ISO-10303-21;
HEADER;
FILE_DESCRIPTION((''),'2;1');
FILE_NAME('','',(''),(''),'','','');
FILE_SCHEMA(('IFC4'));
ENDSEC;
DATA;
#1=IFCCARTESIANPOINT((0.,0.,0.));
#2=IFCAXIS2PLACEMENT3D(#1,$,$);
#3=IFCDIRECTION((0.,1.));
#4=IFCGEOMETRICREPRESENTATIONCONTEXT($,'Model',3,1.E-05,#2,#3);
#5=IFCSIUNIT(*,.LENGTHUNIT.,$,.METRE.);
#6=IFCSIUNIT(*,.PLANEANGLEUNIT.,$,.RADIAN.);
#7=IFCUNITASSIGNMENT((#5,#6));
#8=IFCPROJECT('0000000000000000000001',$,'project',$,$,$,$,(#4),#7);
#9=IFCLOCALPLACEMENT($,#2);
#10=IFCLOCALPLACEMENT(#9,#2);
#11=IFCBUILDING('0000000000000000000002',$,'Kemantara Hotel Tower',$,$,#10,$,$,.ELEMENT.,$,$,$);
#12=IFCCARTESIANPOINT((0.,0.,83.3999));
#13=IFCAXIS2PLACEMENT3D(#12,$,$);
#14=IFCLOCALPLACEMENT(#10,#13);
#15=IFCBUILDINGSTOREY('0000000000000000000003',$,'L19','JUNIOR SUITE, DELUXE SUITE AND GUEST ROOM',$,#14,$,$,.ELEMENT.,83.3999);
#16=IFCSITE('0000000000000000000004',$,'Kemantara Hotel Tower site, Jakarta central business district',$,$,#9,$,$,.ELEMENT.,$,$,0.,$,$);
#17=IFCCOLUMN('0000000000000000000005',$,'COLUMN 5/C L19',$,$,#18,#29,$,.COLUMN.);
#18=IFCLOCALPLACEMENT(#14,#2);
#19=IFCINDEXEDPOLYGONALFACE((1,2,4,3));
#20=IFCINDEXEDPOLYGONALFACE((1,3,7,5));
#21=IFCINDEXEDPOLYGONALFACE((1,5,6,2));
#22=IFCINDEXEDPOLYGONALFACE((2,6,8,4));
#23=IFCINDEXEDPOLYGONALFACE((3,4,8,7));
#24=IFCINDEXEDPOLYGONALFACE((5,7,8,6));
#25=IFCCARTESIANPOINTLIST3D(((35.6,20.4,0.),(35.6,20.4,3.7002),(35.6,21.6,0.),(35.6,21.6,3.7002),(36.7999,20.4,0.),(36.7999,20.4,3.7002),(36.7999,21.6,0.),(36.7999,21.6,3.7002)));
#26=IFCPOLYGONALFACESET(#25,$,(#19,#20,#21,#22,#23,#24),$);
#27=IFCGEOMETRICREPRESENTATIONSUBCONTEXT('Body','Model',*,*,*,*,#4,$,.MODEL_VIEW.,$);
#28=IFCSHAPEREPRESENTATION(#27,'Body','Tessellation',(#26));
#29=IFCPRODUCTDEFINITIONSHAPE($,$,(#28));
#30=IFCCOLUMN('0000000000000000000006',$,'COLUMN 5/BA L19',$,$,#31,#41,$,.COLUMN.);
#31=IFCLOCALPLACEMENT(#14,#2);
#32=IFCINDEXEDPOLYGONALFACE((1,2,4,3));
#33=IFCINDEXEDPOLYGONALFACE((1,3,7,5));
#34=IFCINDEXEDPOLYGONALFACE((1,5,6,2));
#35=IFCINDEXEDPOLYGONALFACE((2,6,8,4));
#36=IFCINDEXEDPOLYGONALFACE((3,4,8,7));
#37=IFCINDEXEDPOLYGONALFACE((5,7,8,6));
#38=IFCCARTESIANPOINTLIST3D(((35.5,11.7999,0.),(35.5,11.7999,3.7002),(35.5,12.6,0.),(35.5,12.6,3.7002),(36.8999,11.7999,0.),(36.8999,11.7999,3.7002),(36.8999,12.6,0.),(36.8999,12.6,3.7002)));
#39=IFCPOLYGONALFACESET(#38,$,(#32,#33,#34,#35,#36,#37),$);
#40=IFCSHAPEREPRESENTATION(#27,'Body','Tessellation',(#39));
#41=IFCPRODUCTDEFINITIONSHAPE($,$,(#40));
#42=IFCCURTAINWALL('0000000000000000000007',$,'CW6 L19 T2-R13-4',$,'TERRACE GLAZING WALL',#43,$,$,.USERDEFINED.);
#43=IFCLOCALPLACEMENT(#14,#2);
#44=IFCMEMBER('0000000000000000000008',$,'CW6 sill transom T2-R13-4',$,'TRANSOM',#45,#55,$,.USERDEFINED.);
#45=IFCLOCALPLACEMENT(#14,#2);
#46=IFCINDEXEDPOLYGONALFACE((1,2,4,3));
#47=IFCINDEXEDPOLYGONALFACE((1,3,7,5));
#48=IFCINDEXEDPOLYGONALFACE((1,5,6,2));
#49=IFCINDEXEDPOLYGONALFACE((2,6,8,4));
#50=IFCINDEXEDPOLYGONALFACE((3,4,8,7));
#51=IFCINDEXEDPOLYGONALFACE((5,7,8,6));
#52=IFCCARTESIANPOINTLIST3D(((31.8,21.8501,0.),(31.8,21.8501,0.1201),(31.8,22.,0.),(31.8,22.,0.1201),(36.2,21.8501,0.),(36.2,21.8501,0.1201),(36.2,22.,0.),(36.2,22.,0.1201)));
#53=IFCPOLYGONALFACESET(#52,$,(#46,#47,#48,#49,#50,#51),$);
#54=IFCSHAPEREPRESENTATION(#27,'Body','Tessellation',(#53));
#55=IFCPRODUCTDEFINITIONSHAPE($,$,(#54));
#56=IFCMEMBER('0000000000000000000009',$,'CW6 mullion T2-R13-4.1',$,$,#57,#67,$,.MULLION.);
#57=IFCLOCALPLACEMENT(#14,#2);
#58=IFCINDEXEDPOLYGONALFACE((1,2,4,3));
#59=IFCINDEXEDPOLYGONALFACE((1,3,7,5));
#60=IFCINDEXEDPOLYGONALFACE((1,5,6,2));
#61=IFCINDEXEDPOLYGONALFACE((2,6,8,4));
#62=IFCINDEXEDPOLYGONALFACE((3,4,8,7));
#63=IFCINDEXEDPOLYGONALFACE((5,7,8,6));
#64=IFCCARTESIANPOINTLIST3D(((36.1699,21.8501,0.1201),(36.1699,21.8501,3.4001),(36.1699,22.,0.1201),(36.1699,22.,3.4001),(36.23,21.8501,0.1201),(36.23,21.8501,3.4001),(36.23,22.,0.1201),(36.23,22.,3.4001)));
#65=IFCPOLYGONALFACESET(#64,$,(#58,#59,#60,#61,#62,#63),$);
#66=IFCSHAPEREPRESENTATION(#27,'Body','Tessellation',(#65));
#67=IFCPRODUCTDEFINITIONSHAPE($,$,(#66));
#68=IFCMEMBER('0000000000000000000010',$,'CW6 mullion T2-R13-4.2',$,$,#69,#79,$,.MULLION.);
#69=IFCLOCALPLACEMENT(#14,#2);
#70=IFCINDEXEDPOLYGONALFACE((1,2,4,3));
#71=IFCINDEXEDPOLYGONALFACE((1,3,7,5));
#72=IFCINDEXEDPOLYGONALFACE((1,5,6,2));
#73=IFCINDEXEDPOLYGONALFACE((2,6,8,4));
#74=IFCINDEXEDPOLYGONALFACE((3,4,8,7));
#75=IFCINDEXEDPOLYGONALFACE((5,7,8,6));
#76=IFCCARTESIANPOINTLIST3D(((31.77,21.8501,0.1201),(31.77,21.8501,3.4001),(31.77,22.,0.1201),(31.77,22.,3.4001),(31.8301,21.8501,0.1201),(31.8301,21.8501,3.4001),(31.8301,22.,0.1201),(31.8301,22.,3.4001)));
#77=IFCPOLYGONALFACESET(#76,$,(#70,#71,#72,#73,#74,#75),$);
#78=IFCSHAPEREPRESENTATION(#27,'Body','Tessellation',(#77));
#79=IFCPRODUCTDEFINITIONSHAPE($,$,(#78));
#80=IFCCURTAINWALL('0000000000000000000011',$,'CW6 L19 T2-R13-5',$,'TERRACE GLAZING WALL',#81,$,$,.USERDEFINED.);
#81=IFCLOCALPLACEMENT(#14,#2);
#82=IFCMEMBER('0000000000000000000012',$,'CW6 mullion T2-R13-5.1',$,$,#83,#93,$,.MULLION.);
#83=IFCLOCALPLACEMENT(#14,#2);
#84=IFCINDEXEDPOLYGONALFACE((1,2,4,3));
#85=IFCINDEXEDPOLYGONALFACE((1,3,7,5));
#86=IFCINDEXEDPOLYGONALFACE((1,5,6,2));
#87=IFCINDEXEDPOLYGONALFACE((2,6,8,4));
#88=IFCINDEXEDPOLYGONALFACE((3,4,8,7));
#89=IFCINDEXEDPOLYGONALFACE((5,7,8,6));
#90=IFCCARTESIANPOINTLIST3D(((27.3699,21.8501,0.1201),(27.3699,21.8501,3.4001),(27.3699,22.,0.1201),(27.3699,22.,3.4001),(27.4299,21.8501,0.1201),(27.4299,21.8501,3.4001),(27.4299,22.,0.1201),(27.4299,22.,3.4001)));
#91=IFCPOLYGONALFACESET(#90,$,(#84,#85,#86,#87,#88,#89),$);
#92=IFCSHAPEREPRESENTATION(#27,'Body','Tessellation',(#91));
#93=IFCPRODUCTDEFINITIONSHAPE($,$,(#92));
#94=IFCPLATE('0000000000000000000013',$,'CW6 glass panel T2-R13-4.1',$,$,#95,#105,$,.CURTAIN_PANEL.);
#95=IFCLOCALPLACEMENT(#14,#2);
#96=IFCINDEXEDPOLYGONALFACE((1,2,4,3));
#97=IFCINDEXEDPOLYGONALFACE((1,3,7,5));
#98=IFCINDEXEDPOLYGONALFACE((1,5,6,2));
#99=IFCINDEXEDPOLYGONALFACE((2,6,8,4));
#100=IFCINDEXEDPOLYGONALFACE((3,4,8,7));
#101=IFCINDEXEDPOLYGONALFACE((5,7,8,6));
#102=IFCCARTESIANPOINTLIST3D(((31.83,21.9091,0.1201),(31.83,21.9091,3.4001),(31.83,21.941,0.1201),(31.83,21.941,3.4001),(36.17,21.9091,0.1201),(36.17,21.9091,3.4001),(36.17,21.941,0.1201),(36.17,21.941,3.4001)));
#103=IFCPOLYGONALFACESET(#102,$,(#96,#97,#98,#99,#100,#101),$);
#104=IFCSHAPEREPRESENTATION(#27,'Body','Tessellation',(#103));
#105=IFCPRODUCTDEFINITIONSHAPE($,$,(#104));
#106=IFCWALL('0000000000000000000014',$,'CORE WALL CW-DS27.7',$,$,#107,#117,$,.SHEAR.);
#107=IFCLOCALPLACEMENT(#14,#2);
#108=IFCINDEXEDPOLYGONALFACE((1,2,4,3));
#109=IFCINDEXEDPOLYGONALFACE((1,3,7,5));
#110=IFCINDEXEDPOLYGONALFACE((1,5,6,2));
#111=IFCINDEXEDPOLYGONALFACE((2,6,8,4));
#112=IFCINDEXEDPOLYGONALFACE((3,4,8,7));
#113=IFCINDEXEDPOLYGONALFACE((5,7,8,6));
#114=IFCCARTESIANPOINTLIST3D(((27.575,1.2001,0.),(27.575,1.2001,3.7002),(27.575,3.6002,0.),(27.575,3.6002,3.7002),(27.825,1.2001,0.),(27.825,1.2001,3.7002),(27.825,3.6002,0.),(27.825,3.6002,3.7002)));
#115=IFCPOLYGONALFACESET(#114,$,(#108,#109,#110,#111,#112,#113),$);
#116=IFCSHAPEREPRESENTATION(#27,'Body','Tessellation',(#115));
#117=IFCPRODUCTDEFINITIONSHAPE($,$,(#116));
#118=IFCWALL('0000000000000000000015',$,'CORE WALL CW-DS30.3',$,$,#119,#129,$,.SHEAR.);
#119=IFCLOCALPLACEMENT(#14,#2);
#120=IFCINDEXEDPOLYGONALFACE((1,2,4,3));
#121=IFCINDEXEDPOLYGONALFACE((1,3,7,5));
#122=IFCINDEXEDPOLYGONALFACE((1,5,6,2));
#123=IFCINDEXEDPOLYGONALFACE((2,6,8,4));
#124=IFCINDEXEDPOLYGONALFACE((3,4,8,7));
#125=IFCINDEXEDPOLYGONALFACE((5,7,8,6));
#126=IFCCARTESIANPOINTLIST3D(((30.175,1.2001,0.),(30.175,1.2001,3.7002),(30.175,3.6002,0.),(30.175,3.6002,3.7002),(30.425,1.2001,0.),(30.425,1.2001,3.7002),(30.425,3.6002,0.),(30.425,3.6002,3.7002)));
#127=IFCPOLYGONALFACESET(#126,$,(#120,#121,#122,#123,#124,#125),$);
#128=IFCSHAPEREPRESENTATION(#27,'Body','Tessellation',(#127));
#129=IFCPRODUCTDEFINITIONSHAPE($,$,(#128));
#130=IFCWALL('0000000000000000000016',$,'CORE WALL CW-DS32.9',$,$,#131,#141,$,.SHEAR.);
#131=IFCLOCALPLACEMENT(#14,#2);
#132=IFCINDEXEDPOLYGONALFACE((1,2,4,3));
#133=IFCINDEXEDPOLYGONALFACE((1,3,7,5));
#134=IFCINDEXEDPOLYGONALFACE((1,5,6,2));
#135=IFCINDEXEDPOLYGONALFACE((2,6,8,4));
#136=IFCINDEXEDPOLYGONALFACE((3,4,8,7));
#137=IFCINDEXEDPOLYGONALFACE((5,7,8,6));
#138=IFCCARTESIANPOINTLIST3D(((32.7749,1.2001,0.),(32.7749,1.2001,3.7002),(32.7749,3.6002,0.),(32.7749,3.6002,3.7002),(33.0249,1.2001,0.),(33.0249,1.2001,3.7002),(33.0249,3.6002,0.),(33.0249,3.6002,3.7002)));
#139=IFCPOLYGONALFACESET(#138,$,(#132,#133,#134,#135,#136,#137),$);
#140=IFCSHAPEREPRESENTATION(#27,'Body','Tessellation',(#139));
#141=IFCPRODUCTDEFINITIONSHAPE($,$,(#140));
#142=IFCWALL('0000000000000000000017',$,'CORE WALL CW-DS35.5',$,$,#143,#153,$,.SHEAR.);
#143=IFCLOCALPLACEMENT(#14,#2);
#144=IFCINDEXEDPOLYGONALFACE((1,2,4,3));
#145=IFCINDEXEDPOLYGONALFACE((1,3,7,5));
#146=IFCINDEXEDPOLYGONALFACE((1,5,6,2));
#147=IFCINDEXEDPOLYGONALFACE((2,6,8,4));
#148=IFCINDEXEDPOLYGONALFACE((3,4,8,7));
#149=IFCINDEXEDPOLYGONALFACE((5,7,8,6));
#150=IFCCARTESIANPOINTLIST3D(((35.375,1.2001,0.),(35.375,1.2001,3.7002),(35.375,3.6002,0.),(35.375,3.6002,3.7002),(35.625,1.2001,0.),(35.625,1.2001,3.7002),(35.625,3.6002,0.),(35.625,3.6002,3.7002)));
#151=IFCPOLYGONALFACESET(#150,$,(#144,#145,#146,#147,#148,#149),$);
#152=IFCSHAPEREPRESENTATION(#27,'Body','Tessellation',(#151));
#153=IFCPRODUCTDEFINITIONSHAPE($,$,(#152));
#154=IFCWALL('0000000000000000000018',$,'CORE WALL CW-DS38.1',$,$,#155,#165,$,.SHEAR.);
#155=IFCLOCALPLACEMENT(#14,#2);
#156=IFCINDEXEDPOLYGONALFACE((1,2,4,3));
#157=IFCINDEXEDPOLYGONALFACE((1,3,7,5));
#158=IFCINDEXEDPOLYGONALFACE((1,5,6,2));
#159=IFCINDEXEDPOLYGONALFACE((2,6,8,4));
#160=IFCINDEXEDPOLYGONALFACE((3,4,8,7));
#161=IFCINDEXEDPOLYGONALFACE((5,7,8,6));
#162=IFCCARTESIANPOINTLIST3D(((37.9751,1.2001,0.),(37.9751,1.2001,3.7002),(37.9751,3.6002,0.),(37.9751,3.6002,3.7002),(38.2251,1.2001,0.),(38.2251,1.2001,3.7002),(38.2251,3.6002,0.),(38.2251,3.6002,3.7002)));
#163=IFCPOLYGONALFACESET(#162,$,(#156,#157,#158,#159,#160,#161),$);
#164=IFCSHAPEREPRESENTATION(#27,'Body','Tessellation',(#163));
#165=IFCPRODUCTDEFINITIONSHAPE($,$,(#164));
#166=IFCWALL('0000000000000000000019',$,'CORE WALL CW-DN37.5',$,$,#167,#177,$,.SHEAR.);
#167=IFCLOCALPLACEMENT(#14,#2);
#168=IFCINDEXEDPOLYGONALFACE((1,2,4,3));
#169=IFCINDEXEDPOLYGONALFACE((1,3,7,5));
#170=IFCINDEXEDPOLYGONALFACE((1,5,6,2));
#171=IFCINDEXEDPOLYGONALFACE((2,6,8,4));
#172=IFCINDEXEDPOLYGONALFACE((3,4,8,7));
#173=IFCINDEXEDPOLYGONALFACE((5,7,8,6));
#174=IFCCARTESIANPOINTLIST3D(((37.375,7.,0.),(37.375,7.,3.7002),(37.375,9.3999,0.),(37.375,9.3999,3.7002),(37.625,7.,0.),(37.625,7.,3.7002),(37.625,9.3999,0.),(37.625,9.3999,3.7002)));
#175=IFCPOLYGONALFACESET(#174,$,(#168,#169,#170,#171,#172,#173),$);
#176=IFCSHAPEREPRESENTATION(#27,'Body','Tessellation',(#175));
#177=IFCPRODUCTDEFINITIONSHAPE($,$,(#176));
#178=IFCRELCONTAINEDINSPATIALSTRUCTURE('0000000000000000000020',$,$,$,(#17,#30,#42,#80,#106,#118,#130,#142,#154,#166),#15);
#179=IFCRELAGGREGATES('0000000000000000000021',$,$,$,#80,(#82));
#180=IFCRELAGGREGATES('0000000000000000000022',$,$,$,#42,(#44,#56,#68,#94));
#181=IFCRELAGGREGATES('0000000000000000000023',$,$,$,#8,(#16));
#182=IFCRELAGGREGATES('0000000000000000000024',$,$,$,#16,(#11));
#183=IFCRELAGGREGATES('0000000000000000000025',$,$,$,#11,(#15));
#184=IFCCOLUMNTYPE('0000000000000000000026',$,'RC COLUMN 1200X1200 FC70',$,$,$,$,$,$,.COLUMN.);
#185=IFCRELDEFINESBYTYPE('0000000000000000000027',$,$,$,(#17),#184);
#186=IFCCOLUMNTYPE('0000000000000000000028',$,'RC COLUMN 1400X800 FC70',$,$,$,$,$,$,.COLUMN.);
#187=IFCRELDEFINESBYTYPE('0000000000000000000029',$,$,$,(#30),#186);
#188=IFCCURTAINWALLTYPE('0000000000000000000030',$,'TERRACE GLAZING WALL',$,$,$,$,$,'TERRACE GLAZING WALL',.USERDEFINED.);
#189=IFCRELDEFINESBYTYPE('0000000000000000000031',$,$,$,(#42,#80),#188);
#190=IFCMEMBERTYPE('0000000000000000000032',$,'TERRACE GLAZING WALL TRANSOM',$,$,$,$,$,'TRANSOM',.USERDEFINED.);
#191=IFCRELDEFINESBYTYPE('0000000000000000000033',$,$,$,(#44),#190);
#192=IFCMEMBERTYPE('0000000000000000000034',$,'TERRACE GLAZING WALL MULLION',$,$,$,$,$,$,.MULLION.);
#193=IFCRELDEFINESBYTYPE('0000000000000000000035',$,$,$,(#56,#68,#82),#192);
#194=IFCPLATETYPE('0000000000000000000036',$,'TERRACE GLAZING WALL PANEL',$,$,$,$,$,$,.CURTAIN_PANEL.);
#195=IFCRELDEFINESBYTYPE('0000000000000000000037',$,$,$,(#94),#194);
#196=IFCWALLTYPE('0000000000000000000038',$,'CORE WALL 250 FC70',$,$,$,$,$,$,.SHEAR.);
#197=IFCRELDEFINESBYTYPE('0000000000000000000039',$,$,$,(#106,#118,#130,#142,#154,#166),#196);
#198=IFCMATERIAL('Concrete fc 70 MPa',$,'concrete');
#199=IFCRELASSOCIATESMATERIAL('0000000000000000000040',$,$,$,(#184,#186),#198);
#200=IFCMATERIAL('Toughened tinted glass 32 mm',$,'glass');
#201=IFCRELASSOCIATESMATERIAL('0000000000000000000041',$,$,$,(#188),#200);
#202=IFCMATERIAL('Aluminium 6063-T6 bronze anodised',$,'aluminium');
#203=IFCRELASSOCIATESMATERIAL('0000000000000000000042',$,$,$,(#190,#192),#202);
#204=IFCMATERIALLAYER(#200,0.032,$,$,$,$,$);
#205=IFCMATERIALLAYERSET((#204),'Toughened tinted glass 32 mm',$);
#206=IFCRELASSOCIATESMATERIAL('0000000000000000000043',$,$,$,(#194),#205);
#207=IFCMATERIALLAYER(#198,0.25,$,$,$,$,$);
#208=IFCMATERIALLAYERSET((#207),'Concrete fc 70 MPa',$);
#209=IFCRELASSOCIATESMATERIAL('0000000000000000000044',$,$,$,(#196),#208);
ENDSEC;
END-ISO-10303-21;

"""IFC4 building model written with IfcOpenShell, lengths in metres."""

from ifc_helpers import new_model, si_unit, direction, frame, frame_2d, origin, origin_2d, place, context, subcontext, project, spatial, rectangle, extrude, source, transform, mapped, material, layer, layer_set, material_profile, profile_set, type_object, element, aggregate, save


model = new_model("IFC4")

# Units and contexts
model_context = context("Model", 3, precision=1e-05, world=origin(), true_north=direction((0.0, 1.0)))
body_context = subcontext(model_context, "Body", "Model", "MODEL_VIEW")
ifc_project = project(units=[si_unit("LENGTHUNIT", "METRE"), si_unit("PLANEANGLEUNIT", "RADIAN")], contexts=[model_context])

# Site, building, storey
site_placement = place(None, origin())
site = spatial("IfcSite", under=ifc_project, at=site_placement, Name="Kemantara Hotel Tower site, Jakarta central business district", CompositionType="ELEMENT", RefElevation=0.0)
building_placement = place(site_placement, origin())
building = spatial("IfcBuilding", under=site, at=building_placement, Name="Kemantara Hotel Tower", CompositionType="ELEMENT")
storey_placement = place(building_placement, frame((0.0, 0.0, 83.3999)))
storey = spatial("IfcBuildingStorey", under=building, at=storey_placement, Name="L19", Description="JUNIOR SUITE, DELUXE SUITE AND GUEST ROOM", CompositionType="ELEMENT", Elevation=83.3999)

# Columns
ifc_material_1 = material(Name="Concrete fc 70 MPa", Category="concrete")
ifc_material_profile_1 = material_profile(ifc_material_1, rectangle(XDim=1.2, YDim=1.2, at=origin_2d()), Name="RC 1200X1200")
ifc_profile_set_1 = profile_set([ifc_material_profile_1], Name="Concrete fc 70 MPa")
column_type_1 = type_object("IfcColumnType", Name="RC COLUMN 1200X1200 FC70", PredefinedType="COLUMN", material=ifc_profile_set_1)
column_1_placement = place(storey_placement, frame((36.2, 21.0, 0.0), z_axis=(0.0, 0.0, 1.0), x_axis=(1.0, 0.0, 0.0)))
element("IfcColumn", 1, at=column_1_placement, inside=storey, type_object=column_type_1, Name="COLUMN 5/C L19", PredefinedType="COLUMN", context=body_context, shape_type="SweptSolid", body=[
    extrude(rectangle(XDim=1.2, YDim=1.2, at=origin_2d()), origin(), (0.0, 0.0, 1.0), 3.7002),
])
ifc_material_profile_2 = material_profile(ifc_material_1, rectangle(XDim=1.3999, YDim=0.8, at=origin_2d()), Name="RC 1400X800")
ifc_profile_set_2 = profile_set([ifc_material_profile_2], Name="Concrete fc 70 MPa")
column_type_2 = type_object("IfcColumnType", Name="RC COLUMN 1400X800 FC70", PredefinedType="COLUMN", material=ifc_profile_set_2)
column_2_placement = place(storey_placement, frame((36.2, 12.2, 0.0), z_axis=(0.0, 0.0, 1.0), x_axis=(1.0, 0.0, 0.0)))
element("IfcColumn", 2, at=column_2_placement, inside=storey, type_object=column_type_2, Name="COLUMN 5/BA L19", PredefinedType="COLUMN", context=body_context, shape_type="SweptSolid", body=[
    extrude(rectangle(XDim=1.3999, YDim=0.8, at=origin_2d()), origin(), (0.0, 0.0, 1.0), 3.7002),
])

# Curtain wall, members
ifc_material_2 = material(Name="Toughened tinted glass 32 mm", Category="glass")
curtain_wall_type = type_object("IfcCurtainWallType", Name="TERRACE GLAZING WALL", ElementType="TERRACE GLAZING WALL", PredefinedType="USERDEFINED", material=ifc_material_2)
curtain_wall_1_placement = place(storey_placement, origin())
curtain_wall_1 = element("IfcCurtainWall", 3, at=curtain_wall_1_placement, inside=storey, type_object=curtain_wall_type, Name="CW6 L19 T2-R13-4", ObjectType="TERRACE GLAZING WALL", PredefinedType="USERDEFINED")
ifc_material_3 = material(Name="Aluminium 6063-T6 bronze anodised", Category="aluminium")
ifc_material_profile_3 = material_profile(ifc_material_3, rectangle(XDim=0.1499, YDim=0.1201, at=origin_2d()), Name="TERRACE GLAZING WALL TRANSOM")
ifc_profile_set_3 = profile_set([ifc_material_profile_3], Name="Aluminium 6063-T6 bronze anodised")
member_type_1 = type_object("IfcMemberType", Name="TERRACE GLAZING WALL TRANSOM", ElementType="TRANSOM", PredefinedType="USERDEFINED", material=ifc_profile_set_3)
member_1_placement = place(storey_placement, frame((36.2, 21.925, 0.0601), z_axis=(-1.0, 0.0, 0.0), x_axis=(0.0, -1.0, 0.0)))
member_1 = element("IfcMember", 4, at=member_1_placement, type_object=member_type_1, Name="CW6 sill transom T2-R13-4", ObjectType="TRANSOM", PredefinedType="USERDEFINED", context=body_context, shape_type="SweptSolid", body=[
    extrude(rectangle(XDim=0.1499, YDim=0.1201, at=origin_2d()), origin(), (0.0, 0.0, 1.0), 4.3999),
])
ifc_material_profile_4 = material_profile(ifc_material_3, rectangle(XDim=0.1499, YDim=0.0601, at=origin_2d()), Name="TERRACE GLAZING WALL MULLION")
ifc_profile_set_4 = profile_set([ifc_material_profile_4], Name="Aluminium 6063-T6 bronze anodised")
member_type_2 = type_object("IfcMemberType", Name="TERRACE GLAZING WALL MULLION", PredefinedType="MULLION", material=ifc_profile_set_4)
shared_shape_1 = source(origin(), body_context, "Body", "SweptSolid", [
    extrude(rectangle(XDim=0.1499, YDim=0.0601, at=origin_2d()), origin(), (0.0, 0.0, 1.0), 3.28),
])
member_2_placement = place(storey_placement, frame((36.2, 21.925, 0.1201), z_axis=(0.0, 0.0, 1.0), x_axis=(0.0, -1.0, 0.0)))
member_2 = element("IfcMember", 5, at=member_2_placement, type_object=member_type_2, Name="CW6 mullion T2-R13-4.1", PredefinedType="MULLION", context=body_context, shape_type="MappedRepresentation", body=[
    mapped(shared_shape_1, transform((0.0, 0.0, 0.0))),
])
member_3_placement = place(storey_placement, frame((31.8, 21.925, 0.1201), z_axis=(0.0, 0.0, 1.0), x_axis=(0.0, -1.0, 0.0)))
member_3 = element("IfcMember", 6, at=member_3_placement, type_object=member_type_2, Name="CW6 mullion T2-R13-4.2", PredefinedType="MULLION", context=body_context, shape_type="MappedRepresentation", body=[
    mapped(shared_shape_1, transform((0.0, 0.0, 0.0))),
])

# Curtain wall, member
curtain_wall_2_placement = place(storey_placement, origin())
curtain_wall_2 = element("IfcCurtainWall", 7, at=curtain_wall_2_placement, inside=storey, type_object=curtain_wall_type, Name="CW6 L19 T2-R13-5", ObjectType="TERRACE GLAZING WALL", PredefinedType="USERDEFINED")
member_4_placement = place(storey_placement, frame((27.3999, 21.925, 0.1201), z_axis=(0.0, 0.0, 1.0), x_axis=(0.0, -1.0, 0.0)))
member_4 = element("IfcMember", 8, at=member_4_placement, type_object=member_type_2, Name="CW6 mullion T2-R13-5.1", PredefinedType="MULLION", context=body_context, shape_type="MappedRepresentation", body=[
    mapped(shared_shape_1, transform((0.0, 0.0, 0.0))),
])
aggregate(curtain_wall_2, [member_4])

# Plate
ifc_layer_1 = layer(ifc_material_2, 0.032)
ifc_layer_set_1 = layer_set([ifc_layer_1], Name="Toughened tinted glass 32 mm")
plate_type = type_object("IfcPlateType", Name="TERRACE GLAZING WALL PANEL", PredefinedType="CURTAIN_PANEL", material=ifc_layer_set_1)
shared_shape_2 = source(origin(), body_context, "Body", "SweptSolid", [
    extrude(rectangle(XDim=4.3401, YDim=0.032, at=origin_2d()), origin(), (0.0, 0.0, 1.0), 3.28),
])
plate_placement = place(storey_placement, frame((34.0, 21.925, 0.1201), z_axis=(0.0, 0.0, 1.0), x_axis=(-1.0, 0.0, 0.0)))
plate = element("IfcPlate", 9, at=plate_placement, type_object=plate_type, Name="CW6 glass panel T2-R13-4.1", PredefinedType="CURTAIN_PANEL", context=body_context, shape_type="MappedRepresentation", body=[
    mapped(shared_shape_2, transform((0.0, 0.0, 0.0))),
])
aggregate(curtain_wall_1, [member_1, member_2, member_3, plate])

# Walls
ifc_layer_2 = layer(ifc_material_1, 0.25)
ifc_layer_set_2 = layer_set([ifc_layer_2], Name="Concrete fc 70 MPa")
wall_type_1 = type_object("IfcWallType", Name="CORE WALL 250 FC70", PredefinedType="SHEAR", material=ifc_layer_set_2)
for number, where, z_axis, x_axis, name in (
    (10, (27.7, 1.2, 0.0), (0.0, 0.0, 1.0), (0.0, 1.0, 0.0), "CORE WALL CW-DS27.7"),
    (11, (30.3, 1.2, 0.0), (0.0, 0.0, 1.0), (0.0, 1.0, 0.0), "CORE WALL CW-DS30.3"),
    (12, (32.8999, 1.2, 0.0), (0.0, 0.0, 1.0), (0.0, 1.0, 0.0), "CORE WALL CW-DS32.9"),
    (13, (35.5, 1.2, 0.0), (0.0, 0.0, 1.0), (0.0, 1.0, 0.0), "CORE WALL CW-DS35.5"),
    (14, (38.1001, 1.2, 0.0), (0.0, 0.0, 1.0), (0.0, 1.0, 0.0), "CORE WALL CW-DS38.1"),
):
    element("IfcWall", number, at=place(storey_placement, frame(where, z_axis=z_axis, x_axis=x_axis)), inside=storey, type_object=wall_type_1, Name=name, PredefinedType="SHEAR", context=body_context, shape_type="SweptSolid", body=[
        extrude(rectangle(XDim=2.4001, YDim=0.25, at=frame_2d((1.2002, 0.0))), origin(), (0.0, 0.0, 1.0), 3.7002),
    ])
wall_1_placement = place(storey_placement, frame((37.5, 7.0, 0.0), z_axis=(0.0, 0.0, 1.0), x_axis=(0.0, 1.0, 0.0)))
element("IfcWall", 15, at=wall_1_placement, inside=storey, type_object=wall_type_1, Name="CORE WALL CW-DN37.5", PredefinedType="SHEAR", context=body_context, shape_type="SweptSolid", body=[
    extrude(rectangle(XDim=2.3999, YDim=0.25, at=frame_2d((1.2, 0.0))), origin(), (0.0, 0.0, 1.0), 3.7002),
])

save(model, "model.ifc")
